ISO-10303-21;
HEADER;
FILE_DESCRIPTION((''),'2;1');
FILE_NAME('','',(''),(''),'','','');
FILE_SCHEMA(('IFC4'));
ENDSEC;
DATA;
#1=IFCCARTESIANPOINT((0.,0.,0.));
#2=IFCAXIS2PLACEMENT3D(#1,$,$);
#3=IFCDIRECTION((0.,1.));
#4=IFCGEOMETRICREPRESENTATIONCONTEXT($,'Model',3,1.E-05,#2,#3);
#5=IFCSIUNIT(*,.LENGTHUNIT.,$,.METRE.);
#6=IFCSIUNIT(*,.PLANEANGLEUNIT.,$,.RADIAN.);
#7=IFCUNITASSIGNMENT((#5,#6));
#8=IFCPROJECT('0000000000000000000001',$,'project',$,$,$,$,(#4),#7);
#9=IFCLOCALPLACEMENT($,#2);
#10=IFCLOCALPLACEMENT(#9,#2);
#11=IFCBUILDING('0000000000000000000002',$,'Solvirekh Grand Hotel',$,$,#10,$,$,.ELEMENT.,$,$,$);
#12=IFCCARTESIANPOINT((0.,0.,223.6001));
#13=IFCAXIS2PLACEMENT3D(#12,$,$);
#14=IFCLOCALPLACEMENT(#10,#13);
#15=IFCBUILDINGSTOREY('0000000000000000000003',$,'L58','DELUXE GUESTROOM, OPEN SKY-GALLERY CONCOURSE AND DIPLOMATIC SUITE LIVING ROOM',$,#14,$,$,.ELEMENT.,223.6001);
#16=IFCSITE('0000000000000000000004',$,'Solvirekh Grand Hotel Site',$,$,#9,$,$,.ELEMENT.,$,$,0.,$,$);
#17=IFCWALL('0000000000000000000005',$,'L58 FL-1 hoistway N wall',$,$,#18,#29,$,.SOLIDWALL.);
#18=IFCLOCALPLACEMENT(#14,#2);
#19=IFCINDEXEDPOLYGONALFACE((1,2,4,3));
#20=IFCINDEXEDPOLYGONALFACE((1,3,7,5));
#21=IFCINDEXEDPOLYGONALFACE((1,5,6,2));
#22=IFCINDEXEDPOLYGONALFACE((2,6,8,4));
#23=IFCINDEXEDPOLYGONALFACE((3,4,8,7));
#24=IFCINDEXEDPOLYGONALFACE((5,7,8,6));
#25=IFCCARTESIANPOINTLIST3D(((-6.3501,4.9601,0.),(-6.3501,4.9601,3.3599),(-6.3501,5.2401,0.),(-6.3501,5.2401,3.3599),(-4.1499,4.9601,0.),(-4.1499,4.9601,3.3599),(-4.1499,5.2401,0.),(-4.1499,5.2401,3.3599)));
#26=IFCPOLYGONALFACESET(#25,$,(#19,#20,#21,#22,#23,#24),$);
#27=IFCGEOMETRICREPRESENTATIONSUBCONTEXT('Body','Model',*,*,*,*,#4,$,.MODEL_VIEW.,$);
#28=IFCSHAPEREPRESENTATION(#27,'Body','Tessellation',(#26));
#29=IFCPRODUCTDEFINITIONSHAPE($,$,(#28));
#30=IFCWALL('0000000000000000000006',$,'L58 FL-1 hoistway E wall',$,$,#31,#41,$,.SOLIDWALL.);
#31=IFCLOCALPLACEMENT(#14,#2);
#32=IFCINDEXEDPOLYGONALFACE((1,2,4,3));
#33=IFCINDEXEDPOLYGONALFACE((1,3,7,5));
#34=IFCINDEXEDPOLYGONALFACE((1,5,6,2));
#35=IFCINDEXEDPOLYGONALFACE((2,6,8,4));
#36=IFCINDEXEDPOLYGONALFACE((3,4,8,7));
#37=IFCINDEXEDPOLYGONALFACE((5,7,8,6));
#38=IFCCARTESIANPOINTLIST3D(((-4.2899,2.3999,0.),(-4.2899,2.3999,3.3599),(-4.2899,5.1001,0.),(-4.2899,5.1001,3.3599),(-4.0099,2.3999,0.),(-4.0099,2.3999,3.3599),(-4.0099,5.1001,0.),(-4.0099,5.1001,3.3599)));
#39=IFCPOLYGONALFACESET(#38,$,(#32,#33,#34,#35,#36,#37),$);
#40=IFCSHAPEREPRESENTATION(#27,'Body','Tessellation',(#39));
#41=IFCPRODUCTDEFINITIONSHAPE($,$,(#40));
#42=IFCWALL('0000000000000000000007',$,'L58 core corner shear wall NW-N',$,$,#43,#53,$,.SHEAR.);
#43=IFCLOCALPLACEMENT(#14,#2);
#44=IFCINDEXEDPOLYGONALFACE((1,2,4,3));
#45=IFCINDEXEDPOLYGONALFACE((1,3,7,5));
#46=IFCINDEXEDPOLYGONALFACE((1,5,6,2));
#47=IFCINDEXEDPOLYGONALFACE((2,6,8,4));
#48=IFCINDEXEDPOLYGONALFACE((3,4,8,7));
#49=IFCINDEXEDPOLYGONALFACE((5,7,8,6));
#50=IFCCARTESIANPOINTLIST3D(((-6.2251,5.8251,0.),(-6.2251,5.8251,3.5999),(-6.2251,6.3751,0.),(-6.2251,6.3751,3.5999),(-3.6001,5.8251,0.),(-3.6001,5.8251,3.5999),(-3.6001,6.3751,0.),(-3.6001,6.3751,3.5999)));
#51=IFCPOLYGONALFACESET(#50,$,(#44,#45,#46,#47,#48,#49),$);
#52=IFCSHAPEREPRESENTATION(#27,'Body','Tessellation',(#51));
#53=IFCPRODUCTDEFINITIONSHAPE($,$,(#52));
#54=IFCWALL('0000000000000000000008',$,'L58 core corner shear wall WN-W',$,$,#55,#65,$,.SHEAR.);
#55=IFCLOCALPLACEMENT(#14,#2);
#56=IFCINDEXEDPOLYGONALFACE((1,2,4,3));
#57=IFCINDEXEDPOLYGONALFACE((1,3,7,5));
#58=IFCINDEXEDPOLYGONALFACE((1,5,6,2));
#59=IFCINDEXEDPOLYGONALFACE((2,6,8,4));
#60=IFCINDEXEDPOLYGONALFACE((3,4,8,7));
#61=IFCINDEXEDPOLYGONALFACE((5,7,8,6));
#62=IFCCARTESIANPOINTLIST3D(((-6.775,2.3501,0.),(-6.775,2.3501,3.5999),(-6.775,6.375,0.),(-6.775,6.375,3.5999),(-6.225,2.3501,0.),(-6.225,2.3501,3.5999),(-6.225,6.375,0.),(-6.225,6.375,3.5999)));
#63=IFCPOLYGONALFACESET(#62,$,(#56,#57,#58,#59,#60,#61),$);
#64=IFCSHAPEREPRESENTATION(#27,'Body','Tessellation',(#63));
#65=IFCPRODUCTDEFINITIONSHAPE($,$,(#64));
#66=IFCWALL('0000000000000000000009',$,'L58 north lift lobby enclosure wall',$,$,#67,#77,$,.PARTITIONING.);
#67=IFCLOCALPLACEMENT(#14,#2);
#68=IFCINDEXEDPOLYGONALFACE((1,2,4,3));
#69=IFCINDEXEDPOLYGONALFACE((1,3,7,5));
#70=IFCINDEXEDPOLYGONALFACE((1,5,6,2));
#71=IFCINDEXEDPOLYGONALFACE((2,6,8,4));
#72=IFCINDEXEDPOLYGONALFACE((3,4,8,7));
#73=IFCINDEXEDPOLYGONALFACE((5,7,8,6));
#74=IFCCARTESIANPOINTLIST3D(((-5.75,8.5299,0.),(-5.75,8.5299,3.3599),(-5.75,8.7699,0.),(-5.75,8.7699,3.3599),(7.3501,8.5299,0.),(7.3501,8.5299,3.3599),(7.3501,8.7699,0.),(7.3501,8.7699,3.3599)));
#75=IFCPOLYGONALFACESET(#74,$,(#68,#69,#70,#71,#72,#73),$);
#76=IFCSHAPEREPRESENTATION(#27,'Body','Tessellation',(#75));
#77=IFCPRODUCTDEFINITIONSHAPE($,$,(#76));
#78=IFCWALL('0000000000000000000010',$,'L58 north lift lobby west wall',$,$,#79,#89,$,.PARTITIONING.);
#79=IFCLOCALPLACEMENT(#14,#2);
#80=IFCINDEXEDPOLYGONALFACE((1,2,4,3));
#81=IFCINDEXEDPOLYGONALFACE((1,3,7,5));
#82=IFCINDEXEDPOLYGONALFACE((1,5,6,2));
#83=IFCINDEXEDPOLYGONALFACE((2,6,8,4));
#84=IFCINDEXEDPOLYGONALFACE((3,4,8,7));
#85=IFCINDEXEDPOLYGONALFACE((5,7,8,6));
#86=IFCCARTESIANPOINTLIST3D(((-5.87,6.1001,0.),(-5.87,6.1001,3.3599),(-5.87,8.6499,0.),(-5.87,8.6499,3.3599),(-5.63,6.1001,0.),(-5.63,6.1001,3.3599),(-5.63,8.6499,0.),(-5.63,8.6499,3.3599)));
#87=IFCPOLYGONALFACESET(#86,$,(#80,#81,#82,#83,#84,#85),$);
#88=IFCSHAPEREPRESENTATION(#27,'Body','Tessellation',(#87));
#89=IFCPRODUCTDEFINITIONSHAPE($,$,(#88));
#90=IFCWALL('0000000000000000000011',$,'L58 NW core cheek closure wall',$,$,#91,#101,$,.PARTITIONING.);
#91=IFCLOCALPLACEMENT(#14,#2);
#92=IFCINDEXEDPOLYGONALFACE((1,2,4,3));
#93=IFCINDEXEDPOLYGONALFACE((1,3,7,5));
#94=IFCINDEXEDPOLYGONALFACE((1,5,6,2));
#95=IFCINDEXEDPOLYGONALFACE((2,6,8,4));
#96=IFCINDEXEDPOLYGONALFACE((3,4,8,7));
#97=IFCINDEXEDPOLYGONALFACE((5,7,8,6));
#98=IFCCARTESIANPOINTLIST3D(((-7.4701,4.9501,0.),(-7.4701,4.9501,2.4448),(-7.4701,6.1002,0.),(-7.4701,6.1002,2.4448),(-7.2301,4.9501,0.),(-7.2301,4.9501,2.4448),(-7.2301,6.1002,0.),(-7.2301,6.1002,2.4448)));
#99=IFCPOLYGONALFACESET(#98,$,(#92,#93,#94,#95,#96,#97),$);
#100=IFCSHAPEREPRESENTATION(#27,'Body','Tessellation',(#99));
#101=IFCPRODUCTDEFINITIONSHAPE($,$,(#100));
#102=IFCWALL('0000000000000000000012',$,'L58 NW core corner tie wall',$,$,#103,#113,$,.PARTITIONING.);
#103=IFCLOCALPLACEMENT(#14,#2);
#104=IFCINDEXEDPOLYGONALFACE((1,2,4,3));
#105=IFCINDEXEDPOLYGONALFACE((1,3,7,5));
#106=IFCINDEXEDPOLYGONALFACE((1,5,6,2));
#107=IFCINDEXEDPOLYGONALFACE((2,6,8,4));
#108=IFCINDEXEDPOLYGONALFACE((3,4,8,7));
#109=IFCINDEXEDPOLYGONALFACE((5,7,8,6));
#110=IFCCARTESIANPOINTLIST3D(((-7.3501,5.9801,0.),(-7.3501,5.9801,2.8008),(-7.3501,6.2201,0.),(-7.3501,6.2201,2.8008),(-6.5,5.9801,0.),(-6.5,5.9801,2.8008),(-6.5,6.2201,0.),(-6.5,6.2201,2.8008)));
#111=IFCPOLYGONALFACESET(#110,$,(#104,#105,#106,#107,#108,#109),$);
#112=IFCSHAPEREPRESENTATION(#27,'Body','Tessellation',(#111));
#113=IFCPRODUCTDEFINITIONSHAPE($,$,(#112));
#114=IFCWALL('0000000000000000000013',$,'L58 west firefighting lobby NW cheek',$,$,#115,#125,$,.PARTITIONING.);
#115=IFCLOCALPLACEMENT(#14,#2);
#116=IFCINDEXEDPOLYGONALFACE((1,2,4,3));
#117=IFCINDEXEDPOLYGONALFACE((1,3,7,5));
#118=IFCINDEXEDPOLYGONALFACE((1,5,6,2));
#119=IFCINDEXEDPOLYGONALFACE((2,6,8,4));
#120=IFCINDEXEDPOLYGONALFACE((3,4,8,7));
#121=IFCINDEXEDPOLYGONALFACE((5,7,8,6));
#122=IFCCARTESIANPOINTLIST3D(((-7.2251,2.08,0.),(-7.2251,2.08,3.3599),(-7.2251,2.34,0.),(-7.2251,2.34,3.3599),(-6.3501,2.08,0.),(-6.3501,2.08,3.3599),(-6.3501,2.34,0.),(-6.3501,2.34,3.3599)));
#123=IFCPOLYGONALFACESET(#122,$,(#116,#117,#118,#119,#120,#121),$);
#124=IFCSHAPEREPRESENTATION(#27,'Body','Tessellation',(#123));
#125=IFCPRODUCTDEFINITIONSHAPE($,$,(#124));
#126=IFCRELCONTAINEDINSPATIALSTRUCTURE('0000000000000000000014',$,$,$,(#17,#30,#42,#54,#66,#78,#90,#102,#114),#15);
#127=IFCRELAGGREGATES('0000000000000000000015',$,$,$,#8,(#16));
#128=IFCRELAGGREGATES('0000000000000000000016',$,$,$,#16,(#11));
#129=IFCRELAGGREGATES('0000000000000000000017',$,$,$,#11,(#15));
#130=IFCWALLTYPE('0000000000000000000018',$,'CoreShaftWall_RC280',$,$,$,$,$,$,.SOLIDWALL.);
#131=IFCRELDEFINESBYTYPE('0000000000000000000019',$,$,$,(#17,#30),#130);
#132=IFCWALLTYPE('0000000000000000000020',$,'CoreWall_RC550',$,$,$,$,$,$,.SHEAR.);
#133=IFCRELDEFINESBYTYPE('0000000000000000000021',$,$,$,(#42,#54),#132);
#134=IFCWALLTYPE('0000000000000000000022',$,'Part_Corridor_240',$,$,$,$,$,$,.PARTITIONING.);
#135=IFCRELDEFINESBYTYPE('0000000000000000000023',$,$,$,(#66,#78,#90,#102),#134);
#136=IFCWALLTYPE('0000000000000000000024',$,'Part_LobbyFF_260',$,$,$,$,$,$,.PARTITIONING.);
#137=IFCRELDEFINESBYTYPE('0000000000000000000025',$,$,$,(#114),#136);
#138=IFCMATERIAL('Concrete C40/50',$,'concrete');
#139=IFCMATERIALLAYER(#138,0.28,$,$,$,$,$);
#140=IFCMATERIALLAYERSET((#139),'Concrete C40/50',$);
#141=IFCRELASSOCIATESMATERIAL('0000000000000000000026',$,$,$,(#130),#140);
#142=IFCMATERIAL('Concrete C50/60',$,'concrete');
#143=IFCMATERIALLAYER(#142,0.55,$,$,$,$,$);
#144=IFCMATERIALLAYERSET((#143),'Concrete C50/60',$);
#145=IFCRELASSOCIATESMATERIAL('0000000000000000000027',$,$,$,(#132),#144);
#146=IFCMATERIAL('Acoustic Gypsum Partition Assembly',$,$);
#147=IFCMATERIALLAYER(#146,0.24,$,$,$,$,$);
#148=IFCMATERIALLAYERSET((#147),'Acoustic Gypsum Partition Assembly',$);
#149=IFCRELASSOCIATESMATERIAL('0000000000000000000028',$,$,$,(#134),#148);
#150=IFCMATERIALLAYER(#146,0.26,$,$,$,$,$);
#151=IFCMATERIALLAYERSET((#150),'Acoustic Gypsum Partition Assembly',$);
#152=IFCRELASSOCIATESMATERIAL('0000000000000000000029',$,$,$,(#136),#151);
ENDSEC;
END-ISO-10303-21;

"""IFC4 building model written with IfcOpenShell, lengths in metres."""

from ifc_helpers import new_model, si_unit, direction, frame, frame_2d, origin, place, context, subcontext, project, spatial, rectangle, extrude, material, layer, layer_set, type_object, element, save


model = new_model("IFC4")

# Units and contexts
model_context = context("Model", 3, precision=1e-05, world=origin(), true_north=direction((0.0, 1.0)))
body_context = subcontext(model_context, "Body", "Model", "MODEL_VIEW")
ifc_project = project(units=[si_unit("LENGTHUNIT", "METRE"), si_unit("PLANEANGLEUNIT", "RADIAN")], contexts=[model_context])

# Site, building, storey
site_placement = place(None, origin())
site = spatial("IfcSite", under=ifc_project, at=site_placement, Name="Solvirekh Grand Hotel Site", CompositionType="ELEMENT", RefElevation=0.0)
building_placement = place(site_placement, origin())
building = spatial("IfcBuilding", under=site, at=building_placement, Name="Solvirekh Grand Hotel", CompositionType="ELEMENT")
storey_placement = place(building_placement, frame((0.0, 0.0, 223.6001)))
storey = spatial("IfcBuildingStorey", under=building, at=storey_placement, Name="L58", Description="DELUXE GUESTROOM, OPEN SKY-GALLERY CONCOURSE AND DIPLOMATIC SUITE LIVING ROOM", CompositionType="ELEMENT", Elevation=223.6001)

# Shared definitions
ifc_material_1 = material(Name="Concrete C50/60", Category="concrete")

# Shared definitions
ifc_material_2 = material(Name="Concrete C40/50", Category="concrete")
ifc_layer_1 = layer(ifc_material_2, 0.28)
ifc_layer_set_1 = layer_set([ifc_layer_1], Name="Concrete C40/50")
wall_type_1 = type_object("IfcWallType", Name="CoreShaftWall_RC280", PredefinedType="SOLIDWALL", material=ifc_layer_set_1)

# Walls
wall_1_placement = place(storey_placement, frame((-4.1499, 5.1001, 0.0), z_axis=(0.0, 0.0, 1.0), x_axis=(-1.0, 0.0, 0.0)))
element("IfcWall", 1, at=wall_1_placement, inside=storey, type_object=wall_type_1, Name="L58 FL-1 hoistway N wall", PredefinedType="SOLIDWALL", context=body_context, shape_type="SweptSolid", body=[
    extrude(rectangle(XDim=2.2002, YDim=0.28, at=frame_2d((1.1001, 0.0))), origin(), (0.0, 0.0, 1.0), 3.3599),
])
wall_2_placement = place(storey_placement, frame((-4.1499, 2.3999, 0.0), z_axis=(0.0, 0.0, 1.0), x_axis=(0.0, 1.0, 0.0)))
element("IfcWall", 2, at=wall_2_placement, inside=storey, type_object=wall_type_1, Name="L58 FL-1 hoistway E wall", PredefinedType="SOLIDWALL", context=body_context, shape_type="SweptSolid", body=[
    extrude(rectangle(XDim=2.7002, YDim=0.28, at=frame_2d((1.3501, 0.0))), origin(), (0.0, 0.0, 1.0), 3.3599),
])
ifc_layer_2 = layer(ifc_material_1, 0.55)
ifc_layer_set_2 = layer_set([ifc_layer_2], Name="Concrete C50/60")
wall_type_2 = type_object("IfcWallType", Name="CoreWall_RC550", PredefinedType="SHEAR", material=ifc_layer_set_2)
wall_3_placement = place(storey_placement, frame((-6.2251, 6.1001, 0.0), z_axis=(0.0, 0.0, 1.0), x_axis=(1.0, 0.0, 0.0)))
element("IfcWall", 3, at=wall_3_placement, inside=storey, type_object=wall_type_2, Name="L58 core corner shear wall NW-N", PredefinedType="SHEAR", context=body_context, shape_type="SweptSolid", body=[
    extrude(rectangle(XDim=2.625, YDim=0.55, at=frame_2d((1.3125, 0.0))), origin(), (0.0, 0.0, 1.0), 3.5999),
])
wall_4_placement = place(storey_placement, frame((-6.5, 2.3501, 0.0), z_axis=(0.0, 0.0, 1.0), x_axis=(0.0, 1.0, 0.0)))
element("IfcWall", 4, at=wall_4_placement, inside=storey, type_object=wall_type_2, Name="L58 core corner shear wall WN-W", PredefinedType="SHEAR", context=body_context, shape_type="SweptSolid", body=[
    extrude(rectangle(XDim=4.0249, YDim=0.55, at=frame_2d((2.0125, 0.0))), origin(), (0.0, 0.0, 1.0), 3.5999),
])
ifc_material_3 = material(Name="Acoustic Gypsum Partition Assembly")
ifc_layer_3 = layer(ifc_material_3, 0.24)
ifc_layer_set_3 = layer_set([ifc_layer_3], Name="Acoustic Gypsum Partition Assembly")
wall_type_3 = type_object("IfcWallType", Name="Part_Corridor_240", PredefinedType="PARTITIONING", material=ifc_layer_set_3)
wall_5_placement = place(storey_placement, frame((-5.75, 8.6499, 0.0), z_axis=(0.0, 0.0, 1.0), x_axis=(1.0, 0.0, 0.0)))
element("IfcWall", 5, at=wall_5_placement, inside=storey, type_object=wall_type_3, Name="L58 north lift lobby enclosure wall", PredefinedType="PARTITIONING", context=body_context, shape_type="SweptSolid", body=[
    extrude(rectangle(XDim=13.1001, YDim=0.24, at=frame_2d((6.55, 0.0))), origin(), (0.0, 0.0, 1.0), 3.3599),
])
wall_6_placement = place(storey_placement, frame((-5.75, 6.1001, 0.0), z_axis=(0.0, 0.0, 1.0), x_axis=(0.0, 1.0, 0.0)))
element("IfcWall", 6, at=wall_6_placement, inside=storey, type_object=wall_type_3, Name="L58 north lift lobby west wall", PredefinedType="PARTITIONING", context=body_context, shape_type="SweptSolid", body=[
    extrude(rectangle(XDim=2.5498, YDim=0.24, at=frame_2d((1.2749, 0.0))), origin(), (0.0, 0.0, 1.0), 3.3599),
])
wall_7_placement = place(storey_placement, frame((-7.3501, 4.95, 0.0), z_axis=(0.0, 0.0, 1.0), x_axis=(0.0, 1.0, 0.0)))
element("IfcWall", 7, at=wall_7_placement, inside=storey, type_object=wall_type_3, Name="L58 NW core cheek closure wall", PredefinedType="PARTITIONING", context=body_context, shape_type="SweptSolid", body=[
    extrude(rectangle(XDim=1.1501, YDim=0.24, at=frame_2d((0.5752, 0.0))), origin(), (0.0, 0.0, 1.0), 2.4448),
])
wall_8_placement = place(storey_placement, frame((-7.3501, 6.1001, 0.0), z_axis=(0.0, 0.0, 1.0), x_axis=(1.0, 0.0, 0.0)))
element("IfcWall", 8, at=wall_8_placement, inside=storey, type_object=wall_type_3, Name="L58 NW core corner tie wall", PredefinedType="PARTITIONING", context=body_context, shape_type="SweptSolid", body=[
    extrude(rectangle(XDim=0.8501, YDim=0.24, at=frame_2d((0.425, 0.0))), origin(), (0.0, 0.0, 1.0), 2.8008),
])
ifc_layer_4 = layer(ifc_material_3, 0.26)
ifc_layer_set_4 = layer_set([ifc_layer_4], Name="Acoustic Gypsum Partition Assembly")
wall_type_4 = type_object("IfcWallType", Name="Part_LobbyFF_260", PredefinedType="PARTITIONING", material=ifc_layer_set_4)
wall_9_placement = place(storey_placement, frame((-7.2251, 2.21, 0.0), z_axis=(0.0, 0.0, 1.0), x_axis=(1.0, 0.0, 0.0)))
element("IfcWall", 9, at=wall_9_placement, inside=storey, type_object=wall_type_4, Name="L58 west firefighting lobby NW cheek", PredefinedType="PARTITIONING", context=body_context, shape_type="SweptSolid", body=[
    extrude(rectangle(XDim=0.875, YDim=0.26, at=frame_2d((0.4375, 0.0))), origin(), (0.0, 0.0, 1.0), 3.3599),
])

save(model, "model.ifc")
